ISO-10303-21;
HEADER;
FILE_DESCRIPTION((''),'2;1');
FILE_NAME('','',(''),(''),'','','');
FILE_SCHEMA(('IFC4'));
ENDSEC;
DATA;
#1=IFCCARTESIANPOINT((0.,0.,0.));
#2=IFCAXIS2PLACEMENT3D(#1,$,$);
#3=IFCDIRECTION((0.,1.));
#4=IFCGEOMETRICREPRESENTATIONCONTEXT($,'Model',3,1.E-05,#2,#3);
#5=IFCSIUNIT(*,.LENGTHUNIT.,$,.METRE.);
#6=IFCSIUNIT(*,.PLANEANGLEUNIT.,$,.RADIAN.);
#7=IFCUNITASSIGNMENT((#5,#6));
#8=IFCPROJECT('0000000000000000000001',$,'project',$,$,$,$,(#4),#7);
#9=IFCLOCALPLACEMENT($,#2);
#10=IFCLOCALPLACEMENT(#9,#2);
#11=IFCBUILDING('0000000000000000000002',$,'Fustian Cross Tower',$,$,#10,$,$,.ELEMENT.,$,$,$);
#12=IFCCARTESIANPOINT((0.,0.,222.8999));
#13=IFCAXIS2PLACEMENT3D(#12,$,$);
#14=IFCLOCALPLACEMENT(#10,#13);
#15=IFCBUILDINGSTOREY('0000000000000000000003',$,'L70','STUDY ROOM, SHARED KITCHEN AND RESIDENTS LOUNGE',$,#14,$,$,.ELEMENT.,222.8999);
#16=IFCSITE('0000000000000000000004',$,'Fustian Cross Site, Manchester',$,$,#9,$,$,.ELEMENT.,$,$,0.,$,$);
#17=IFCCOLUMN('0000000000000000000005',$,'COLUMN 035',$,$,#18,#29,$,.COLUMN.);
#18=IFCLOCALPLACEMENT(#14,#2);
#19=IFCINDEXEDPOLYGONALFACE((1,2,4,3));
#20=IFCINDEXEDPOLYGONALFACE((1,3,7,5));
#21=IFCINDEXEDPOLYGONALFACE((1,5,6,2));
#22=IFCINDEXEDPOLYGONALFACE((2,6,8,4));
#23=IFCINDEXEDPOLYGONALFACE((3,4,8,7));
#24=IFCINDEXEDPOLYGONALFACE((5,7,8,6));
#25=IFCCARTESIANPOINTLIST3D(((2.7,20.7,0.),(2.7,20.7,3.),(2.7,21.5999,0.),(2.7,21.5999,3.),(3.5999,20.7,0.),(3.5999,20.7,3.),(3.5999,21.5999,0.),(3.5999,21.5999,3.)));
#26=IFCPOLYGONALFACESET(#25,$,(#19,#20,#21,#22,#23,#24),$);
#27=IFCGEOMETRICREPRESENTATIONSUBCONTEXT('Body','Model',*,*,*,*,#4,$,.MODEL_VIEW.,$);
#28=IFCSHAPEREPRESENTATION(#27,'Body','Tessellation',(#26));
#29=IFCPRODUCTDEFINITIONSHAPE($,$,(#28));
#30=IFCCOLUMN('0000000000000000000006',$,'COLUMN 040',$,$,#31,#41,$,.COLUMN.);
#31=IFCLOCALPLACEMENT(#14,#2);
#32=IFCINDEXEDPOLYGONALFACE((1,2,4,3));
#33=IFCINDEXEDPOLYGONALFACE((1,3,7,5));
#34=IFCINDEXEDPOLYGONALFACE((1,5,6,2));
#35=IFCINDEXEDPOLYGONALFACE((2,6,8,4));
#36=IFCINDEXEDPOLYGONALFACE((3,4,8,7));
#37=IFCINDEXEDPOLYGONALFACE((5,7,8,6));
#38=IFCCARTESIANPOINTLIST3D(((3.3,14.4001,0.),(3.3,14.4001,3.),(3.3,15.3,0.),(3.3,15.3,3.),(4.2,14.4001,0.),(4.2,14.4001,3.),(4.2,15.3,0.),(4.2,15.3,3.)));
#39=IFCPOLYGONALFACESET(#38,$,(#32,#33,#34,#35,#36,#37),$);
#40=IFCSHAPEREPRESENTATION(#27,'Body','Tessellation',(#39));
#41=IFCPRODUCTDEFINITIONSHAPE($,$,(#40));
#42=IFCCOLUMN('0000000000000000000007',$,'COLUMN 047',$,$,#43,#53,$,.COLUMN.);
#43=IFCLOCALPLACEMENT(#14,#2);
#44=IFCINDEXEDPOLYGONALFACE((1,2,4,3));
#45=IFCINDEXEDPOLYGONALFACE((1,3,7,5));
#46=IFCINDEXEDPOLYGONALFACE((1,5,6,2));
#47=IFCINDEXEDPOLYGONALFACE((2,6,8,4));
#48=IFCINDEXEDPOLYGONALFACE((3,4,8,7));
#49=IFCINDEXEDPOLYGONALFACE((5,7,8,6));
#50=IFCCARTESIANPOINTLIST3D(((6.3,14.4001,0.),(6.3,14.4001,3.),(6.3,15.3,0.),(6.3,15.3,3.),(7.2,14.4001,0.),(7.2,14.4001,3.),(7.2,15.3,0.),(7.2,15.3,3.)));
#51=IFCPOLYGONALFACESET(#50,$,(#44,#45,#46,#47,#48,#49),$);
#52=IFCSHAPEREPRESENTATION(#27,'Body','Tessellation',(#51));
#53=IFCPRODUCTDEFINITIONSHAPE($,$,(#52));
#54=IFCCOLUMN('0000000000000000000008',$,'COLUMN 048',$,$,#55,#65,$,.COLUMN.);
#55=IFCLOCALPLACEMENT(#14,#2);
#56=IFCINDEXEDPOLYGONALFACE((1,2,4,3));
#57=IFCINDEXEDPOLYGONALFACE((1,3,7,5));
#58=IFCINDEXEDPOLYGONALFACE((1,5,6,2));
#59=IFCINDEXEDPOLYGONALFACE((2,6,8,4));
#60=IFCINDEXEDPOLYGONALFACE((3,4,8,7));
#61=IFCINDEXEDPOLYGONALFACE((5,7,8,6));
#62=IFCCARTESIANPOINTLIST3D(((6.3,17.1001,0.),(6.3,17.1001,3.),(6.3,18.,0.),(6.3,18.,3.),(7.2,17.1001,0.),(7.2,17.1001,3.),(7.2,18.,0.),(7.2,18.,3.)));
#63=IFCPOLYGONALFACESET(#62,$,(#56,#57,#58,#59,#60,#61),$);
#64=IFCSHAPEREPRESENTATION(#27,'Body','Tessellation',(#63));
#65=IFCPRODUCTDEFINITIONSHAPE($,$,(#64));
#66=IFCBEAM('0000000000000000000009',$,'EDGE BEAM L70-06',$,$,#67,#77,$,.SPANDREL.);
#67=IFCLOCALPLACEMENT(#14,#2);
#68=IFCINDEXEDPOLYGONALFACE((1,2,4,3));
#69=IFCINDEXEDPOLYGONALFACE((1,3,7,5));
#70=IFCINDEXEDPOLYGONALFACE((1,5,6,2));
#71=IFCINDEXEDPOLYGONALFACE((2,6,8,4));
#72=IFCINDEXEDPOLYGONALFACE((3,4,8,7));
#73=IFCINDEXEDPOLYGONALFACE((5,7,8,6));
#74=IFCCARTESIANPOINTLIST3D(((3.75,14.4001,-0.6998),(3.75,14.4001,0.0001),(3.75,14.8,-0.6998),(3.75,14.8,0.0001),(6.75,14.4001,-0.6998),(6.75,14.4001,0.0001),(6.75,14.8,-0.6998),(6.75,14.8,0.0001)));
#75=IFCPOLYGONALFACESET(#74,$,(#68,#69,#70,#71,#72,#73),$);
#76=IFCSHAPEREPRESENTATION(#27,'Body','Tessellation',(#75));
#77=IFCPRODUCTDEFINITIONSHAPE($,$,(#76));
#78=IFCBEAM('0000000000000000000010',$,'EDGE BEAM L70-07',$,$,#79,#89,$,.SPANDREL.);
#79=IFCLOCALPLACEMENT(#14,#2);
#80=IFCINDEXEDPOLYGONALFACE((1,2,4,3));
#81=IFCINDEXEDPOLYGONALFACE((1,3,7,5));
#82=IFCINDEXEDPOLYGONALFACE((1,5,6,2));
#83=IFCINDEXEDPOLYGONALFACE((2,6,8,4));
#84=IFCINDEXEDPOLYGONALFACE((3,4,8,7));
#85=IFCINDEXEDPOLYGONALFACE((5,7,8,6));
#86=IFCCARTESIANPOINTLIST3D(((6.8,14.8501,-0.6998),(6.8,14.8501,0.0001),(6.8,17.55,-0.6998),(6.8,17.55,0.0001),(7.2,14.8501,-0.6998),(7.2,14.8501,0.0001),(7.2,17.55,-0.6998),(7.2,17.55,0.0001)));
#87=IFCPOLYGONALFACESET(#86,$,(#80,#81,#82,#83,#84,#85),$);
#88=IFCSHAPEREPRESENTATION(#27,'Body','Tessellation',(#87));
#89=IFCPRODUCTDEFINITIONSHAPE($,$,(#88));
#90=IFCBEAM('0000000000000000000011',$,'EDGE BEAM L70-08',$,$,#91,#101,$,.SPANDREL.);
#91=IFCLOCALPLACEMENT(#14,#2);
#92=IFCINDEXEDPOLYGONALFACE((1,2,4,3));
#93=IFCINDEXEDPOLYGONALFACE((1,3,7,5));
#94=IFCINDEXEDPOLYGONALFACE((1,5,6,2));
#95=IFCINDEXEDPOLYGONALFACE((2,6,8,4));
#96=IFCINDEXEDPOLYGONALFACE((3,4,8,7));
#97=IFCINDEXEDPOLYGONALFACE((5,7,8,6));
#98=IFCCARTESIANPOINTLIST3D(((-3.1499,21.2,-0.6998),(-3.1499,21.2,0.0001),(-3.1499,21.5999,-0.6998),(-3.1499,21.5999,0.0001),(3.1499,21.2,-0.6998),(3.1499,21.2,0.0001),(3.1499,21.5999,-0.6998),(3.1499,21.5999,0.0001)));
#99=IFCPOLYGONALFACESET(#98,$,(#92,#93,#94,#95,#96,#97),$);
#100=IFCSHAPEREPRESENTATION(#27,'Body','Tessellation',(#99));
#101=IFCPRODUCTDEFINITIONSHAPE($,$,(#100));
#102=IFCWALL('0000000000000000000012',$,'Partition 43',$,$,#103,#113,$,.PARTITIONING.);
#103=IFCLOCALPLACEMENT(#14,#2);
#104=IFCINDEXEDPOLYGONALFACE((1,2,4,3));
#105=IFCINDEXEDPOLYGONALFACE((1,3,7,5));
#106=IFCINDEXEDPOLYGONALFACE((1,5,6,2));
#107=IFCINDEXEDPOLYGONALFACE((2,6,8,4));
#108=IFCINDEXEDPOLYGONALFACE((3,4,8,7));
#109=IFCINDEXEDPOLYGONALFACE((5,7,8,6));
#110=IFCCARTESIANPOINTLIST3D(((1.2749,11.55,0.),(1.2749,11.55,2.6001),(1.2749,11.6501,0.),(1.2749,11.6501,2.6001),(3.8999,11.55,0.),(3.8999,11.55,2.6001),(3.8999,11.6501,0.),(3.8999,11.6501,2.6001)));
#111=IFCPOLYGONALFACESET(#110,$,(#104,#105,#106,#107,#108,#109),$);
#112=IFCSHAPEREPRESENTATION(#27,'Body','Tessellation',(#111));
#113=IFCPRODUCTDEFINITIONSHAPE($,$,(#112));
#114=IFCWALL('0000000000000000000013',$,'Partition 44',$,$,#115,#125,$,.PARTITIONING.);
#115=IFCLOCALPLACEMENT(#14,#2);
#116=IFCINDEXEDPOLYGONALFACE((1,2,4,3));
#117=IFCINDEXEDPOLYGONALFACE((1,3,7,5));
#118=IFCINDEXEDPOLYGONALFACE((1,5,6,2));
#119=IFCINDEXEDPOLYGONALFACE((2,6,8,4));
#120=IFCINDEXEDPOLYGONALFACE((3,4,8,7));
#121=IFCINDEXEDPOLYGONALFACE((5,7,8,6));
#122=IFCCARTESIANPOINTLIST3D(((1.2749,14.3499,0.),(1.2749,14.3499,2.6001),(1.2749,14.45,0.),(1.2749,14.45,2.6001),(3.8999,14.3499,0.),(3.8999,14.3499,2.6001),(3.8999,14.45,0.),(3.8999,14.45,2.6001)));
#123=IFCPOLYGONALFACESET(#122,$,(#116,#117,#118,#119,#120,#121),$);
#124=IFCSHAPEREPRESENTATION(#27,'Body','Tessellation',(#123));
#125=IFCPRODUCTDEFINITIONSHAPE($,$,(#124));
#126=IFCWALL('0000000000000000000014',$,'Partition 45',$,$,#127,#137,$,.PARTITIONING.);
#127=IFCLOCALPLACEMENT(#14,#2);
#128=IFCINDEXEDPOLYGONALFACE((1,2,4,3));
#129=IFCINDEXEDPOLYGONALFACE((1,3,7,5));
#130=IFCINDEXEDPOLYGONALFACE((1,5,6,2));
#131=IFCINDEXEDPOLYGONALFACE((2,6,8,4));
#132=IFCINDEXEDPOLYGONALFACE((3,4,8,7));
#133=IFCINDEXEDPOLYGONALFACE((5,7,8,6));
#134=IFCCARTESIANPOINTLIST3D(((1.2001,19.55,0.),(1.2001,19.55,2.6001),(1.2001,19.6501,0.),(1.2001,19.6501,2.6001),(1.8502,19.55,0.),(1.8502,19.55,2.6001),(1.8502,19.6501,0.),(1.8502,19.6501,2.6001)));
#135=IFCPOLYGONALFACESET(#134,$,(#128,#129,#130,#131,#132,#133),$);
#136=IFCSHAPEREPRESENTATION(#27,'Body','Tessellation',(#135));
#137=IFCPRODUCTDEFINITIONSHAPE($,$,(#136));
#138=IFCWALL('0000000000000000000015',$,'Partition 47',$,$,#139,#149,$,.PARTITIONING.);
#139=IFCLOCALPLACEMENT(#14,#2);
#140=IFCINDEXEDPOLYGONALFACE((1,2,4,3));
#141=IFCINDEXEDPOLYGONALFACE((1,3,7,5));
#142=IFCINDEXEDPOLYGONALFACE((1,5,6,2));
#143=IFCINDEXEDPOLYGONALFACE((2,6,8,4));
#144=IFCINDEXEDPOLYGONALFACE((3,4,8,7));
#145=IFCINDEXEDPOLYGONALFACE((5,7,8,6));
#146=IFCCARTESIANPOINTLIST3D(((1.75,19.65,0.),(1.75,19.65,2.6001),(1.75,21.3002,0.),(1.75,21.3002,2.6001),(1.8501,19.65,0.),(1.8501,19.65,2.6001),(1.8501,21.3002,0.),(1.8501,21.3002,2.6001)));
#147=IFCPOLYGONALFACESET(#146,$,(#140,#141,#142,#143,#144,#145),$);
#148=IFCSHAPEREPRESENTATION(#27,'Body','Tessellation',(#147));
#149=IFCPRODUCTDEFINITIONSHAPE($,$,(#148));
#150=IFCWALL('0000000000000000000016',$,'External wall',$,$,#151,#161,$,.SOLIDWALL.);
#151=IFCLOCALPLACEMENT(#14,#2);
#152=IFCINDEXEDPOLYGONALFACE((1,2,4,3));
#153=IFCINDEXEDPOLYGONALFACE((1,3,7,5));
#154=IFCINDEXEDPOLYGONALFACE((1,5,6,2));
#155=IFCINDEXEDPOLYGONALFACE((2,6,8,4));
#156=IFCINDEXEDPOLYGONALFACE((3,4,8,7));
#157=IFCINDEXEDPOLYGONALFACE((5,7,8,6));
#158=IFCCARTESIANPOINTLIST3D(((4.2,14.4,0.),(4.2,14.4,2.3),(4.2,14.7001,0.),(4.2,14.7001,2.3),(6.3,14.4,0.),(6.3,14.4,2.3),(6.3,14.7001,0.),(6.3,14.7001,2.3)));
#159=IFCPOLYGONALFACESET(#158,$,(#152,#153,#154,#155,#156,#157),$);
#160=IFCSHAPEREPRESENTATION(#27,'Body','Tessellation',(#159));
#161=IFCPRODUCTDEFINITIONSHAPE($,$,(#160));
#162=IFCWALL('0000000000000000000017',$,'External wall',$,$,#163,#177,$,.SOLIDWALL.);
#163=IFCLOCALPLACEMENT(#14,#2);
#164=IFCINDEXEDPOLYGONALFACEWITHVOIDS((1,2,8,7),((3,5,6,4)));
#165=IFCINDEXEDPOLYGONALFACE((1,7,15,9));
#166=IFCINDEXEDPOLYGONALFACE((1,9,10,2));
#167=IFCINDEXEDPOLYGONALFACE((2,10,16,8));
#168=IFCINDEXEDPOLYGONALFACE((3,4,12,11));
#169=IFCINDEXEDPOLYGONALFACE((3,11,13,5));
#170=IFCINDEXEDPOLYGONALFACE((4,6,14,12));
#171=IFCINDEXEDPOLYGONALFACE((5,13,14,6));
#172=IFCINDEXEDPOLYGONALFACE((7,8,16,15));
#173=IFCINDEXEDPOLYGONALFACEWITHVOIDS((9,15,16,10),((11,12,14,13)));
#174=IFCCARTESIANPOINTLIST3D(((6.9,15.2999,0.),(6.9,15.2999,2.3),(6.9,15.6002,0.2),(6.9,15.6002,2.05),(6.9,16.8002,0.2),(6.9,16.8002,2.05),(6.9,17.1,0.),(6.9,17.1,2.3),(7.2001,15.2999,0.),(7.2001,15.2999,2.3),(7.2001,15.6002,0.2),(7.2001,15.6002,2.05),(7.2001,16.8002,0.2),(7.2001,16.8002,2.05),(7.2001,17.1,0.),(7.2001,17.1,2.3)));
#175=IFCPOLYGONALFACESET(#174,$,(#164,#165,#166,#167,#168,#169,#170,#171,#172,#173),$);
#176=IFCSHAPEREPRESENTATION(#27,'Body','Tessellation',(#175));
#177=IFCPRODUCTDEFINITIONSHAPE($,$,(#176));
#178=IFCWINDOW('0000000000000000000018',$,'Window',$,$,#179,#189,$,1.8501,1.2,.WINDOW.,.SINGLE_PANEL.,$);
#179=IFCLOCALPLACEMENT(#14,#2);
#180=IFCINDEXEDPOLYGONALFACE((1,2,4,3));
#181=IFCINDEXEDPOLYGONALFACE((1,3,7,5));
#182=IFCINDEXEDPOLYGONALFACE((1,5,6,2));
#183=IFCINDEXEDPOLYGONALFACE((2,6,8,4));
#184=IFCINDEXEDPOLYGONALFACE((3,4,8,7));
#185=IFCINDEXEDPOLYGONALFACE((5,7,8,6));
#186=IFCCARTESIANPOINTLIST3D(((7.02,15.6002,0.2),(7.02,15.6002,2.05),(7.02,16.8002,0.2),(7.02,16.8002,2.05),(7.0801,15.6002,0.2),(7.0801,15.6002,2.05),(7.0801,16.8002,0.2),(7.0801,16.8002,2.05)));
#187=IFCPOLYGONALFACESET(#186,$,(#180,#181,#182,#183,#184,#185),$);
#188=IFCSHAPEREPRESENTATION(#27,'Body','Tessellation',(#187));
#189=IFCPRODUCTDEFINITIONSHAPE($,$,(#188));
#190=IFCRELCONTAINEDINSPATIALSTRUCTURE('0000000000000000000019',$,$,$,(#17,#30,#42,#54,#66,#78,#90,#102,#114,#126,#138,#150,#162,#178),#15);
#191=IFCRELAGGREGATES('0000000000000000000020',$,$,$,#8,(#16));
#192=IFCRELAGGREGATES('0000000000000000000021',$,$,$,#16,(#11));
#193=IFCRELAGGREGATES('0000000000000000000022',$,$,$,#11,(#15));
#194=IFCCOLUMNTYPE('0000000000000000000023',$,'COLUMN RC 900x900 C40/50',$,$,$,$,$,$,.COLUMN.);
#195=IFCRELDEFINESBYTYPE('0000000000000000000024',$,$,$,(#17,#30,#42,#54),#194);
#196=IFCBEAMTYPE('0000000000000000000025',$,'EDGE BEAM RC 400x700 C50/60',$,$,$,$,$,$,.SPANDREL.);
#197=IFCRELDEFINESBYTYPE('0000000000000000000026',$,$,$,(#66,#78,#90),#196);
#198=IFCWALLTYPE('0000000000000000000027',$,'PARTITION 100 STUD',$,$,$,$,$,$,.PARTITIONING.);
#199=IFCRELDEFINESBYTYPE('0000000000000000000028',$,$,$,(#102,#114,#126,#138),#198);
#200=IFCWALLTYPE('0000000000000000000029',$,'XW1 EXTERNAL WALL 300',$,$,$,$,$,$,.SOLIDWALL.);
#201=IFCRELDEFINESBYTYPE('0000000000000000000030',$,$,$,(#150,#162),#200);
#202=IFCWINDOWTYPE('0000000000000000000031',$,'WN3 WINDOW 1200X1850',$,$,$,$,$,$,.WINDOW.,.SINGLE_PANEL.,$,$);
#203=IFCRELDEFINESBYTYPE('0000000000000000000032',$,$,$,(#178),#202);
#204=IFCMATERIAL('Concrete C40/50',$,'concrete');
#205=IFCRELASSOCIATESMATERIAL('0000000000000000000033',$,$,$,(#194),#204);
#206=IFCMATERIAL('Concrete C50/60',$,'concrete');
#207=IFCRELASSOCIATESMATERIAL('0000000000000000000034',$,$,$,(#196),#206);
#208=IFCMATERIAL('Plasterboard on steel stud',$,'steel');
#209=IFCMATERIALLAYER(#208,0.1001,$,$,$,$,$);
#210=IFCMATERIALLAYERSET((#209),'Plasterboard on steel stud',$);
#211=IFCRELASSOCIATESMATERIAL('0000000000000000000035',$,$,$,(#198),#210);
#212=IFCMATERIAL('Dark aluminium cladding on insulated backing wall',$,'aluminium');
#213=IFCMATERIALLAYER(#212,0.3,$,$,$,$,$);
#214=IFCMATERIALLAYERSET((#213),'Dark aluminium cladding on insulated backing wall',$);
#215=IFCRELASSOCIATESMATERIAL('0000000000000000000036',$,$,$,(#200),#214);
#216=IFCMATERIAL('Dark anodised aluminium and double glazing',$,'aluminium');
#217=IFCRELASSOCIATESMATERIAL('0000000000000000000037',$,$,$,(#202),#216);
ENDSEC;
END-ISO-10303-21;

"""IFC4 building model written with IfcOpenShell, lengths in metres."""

from ifc_helpers import new_model, si_unit, direction, frame, frame_2d, origin, origin_2d, place, context, subcontext, project, spatial, rectangle, extrude, material, layer, layer_set, material_profile, profile_set, type_object, element, fill, save


model = new_model("IFC4")

# Units and contexts
model_context = context("Model", 3, precision=1e-05, world=origin(), true_north=direction((0.0, 1.0)))
body_context = subcontext(model_context, "Body", "Model", "MODEL_VIEW")
ifc_project = project(units=[si_unit("LENGTHUNIT", "METRE"), si_unit("PLANEANGLEUNIT", "RADIAN")], contexts=[model_context])

# Site, building, storey
site_placement = place(None, origin())
site = spatial("IfcSite", under=ifc_project, at=site_placement, Name="Fustian Cross Site, Manchester", CompositionType="ELEMENT", RefElevation=0.0)
building_placement = place(site_placement, origin())
building = spatial("IfcBuilding", under=site, at=building_placement, Name="Fustian Cross Tower", CompositionType="ELEMENT")
storey_placement = place(building_placement, frame((0.0, 0.0, 222.8999)))
storey = spatial("IfcBuildingStorey", under=building, at=storey_placement, Name="L70", Description="STUDY ROOM, SHARED KITCHEN AND RESIDENTS LOUNGE", CompositionType="ELEMENT", Elevation=222.8999)

# Columns
ifc_material_1 = material(Name="Concrete C40/50", Category="concrete")
ifc_material_profile_1 = material_profile(ifc_material_1, rectangle(XDim=0.8999, YDim=0.8999, at=origin_2d()), Name="RC 900x900")
ifc_profile_set_1 = profile_set([ifc_material_profile_1], Name="Concrete C40/50")
column_type = type_object("IfcColumnType", Name="COLUMN RC 900x900 C40/50", PredefinedType="COLUMN", material=ifc_profile_set_1)
for number, where, z_axis, x_axis, name in (
    (1, (3.1499, 21.1499, 0.0), (0.0, 0.0, 1.0), (1.0, 0.0, 0.0), "COLUMN 035"),
    (2, (3.75, 14.8501, 0.0), (0.0, 0.0, 1.0), (1.0, 0.0, 0.0), "COLUMN 040"),
    (3, (6.75, 14.8501, 0.0), (0.0, 0.0, 1.0), (1.0, 0.0, 0.0), "COLUMN 047"),
    (4, (6.75, 17.55, 0.0), (0.0, 0.0, 1.0), (1.0, 0.0, 0.0), "COLUMN 048"),
):
    element("IfcColumn", number, at=place(storey_placement, frame(where, z_axis=z_axis, x_axis=x_axis)), inside=storey, type_object=column_type, Name=name, PredefinedType="COLUMN", context=body_context, shape_type="SweptSolid", body=[
        extrude(rectangle(XDim=0.8999, YDim=0.8999, at=origin_2d()), origin(), (0.0, 0.0, 1.0), 3.0),
    ])

# Beams
ifc_material_2 = material(Name="Concrete C50/60", Category="concrete")
ifc_material_profile_2 = material_profile(ifc_material_2, rectangle(XDim=0.3999, YDim=0.7, at=origin_2d()), Name="RC 400x700")
ifc_profile_set_2 = profile_set([ifc_material_profile_2], Name="Concrete C50/60")
beam_type = type_object("IfcBeamType", Name="EDGE BEAM RC 400x700 C50/60", PredefinedType="SPANDREL", material=ifc_profile_set_2)
beam_1_placement = place(storey_placement, frame((3.75, 14.6001, -0.3499), z_axis=(1.0, 0.0, 0.0), x_axis=(0.0, 1.0, 0.0)))
element("IfcBeam", 5, at=beam_1_placement, inside=storey, type_object=beam_type, Name="EDGE BEAM L70-06", PredefinedType="SPANDREL", context=body_context, shape_type="SweptSolid", body=[
    extrude(rectangle(XDim=0.3999, YDim=0.7, at=origin_2d()), origin(), (0.0, 0.0, 1.0), 3.0),
])
beam_2_placement = place(storey_placement, frame((7.0, 14.8501, -0.3499), z_axis=(0.0, 1.0, 0.0), x_axis=(-1.0, 0.0, 0.0)))
element("IfcBeam", 6, at=beam_2_placement, inside=storey, type_object=beam_type, Name="EDGE BEAM L70-07", PredefinedType="SPANDREL", context=body_context, shape_type="SweptSolid", body=[
    extrude(rectangle(XDim=0.3999, YDim=0.7, at=origin_2d()), origin(), (0.0, 0.0, 1.0), 2.7),
])
beam_3_placement = place(storey_placement, frame((3.1499, 21.3999, -0.3499), z_axis=(-1.0, 0.0, 0.0), x_axis=(0.0, -1.0, 0.0)))
element("IfcBeam", 7, at=beam_3_placement, inside=storey, type_object=beam_type, Name="EDGE BEAM L70-08", PredefinedType="SPANDREL", context=body_context, shape_type="SweptSolid", body=[
    extrude(rectangle(XDim=0.3999, YDim=0.7, at=origin_2d()), origin(), (0.0, 0.0, 1.0), 6.2998),
])

# Walls
ifc_material_3 = material(Name="Plasterboard on steel stud", Category="steel")
ifc_layer_1 = layer(ifc_material_3, 0.1001)
ifc_layer_set_1 = layer_set([ifc_layer_1], Name="Plasterboard on steel stud")
wall_type_1 = type_object("IfcWallType", Name="PARTITION 100 STUD", PredefinedType="PARTITIONING", material=ifc_layer_set_1)
for number, where, z_axis, x_axis, name in (
    (8, (1.2749, 11.6001, 0.0), (0.0, 0.0, 1.0), (1.0, 0.0, 0.0), "Partition 43"),
    (9, (1.2749, 14.3999, 0.0), (0.0, 0.0, 1.0), (1.0, 0.0, 0.0), "Partition 44"),
):
    element("IfcWall", number, at=place(storey_placement, frame(where, z_axis=z_axis, x_axis=x_axis)), inside=storey, type_object=wall_type_1, Name=name, PredefinedType="PARTITIONING", context=body_context, shape_type="SweptSolid", body=[
        extrude(rectangle(XDim=2.625, YDim=0.1001, at=frame_2d((1.3125, 0.0))), origin(), (0.0, 0.0, 1.0), 2.6001),
    ])
wall_1_placement = place(storey_placement, frame((1.2, 19.6001, 0.0), z_axis=(0.0, 0.0, 1.0), x_axis=(1.0, 0.0, 0.0)))
element("IfcWall", 10, at=wall_1_placement, inside=storey, type_object=wall_type_1, Name="Partition 45", PredefinedType="PARTITIONING", context=body_context, shape_type="SweptSolid", body=[
    extrude(rectangle(XDim=0.6501, YDim=0.1001, at=frame_2d((0.3252, 0.0))), origin(), (0.0, 0.0, 1.0), 2.6001),
])
wall_2_placement = place(storey_placement, frame((1.8, 19.6499, 0.0), z_axis=(0.0, 0.0, 1.0), x_axis=(0.0, 1.0, 0.0)))
element("IfcWall", 11, at=wall_2_placement, inside=storey, type_object=wall_type_1, Name="Partition 47", PredefinedType="PARTITIONING", context=body_context, shape_type="SweptSolid", body=[
    extrude(rectangle(XDim=1.6501, YDim=0.1001, at=frame_2d((0.8252, 0.0))), origin(), (0.0, 0.0, 1.0), 2.6001),
])
ifc_material_4 = material(Name="Dark aluminium cladding on insulated backing wall", Category="aluminium")
ifc_layer_2 = layer(ifc_material_4, 0.3)
ifc_layer_set_2 = layer_set([ifc_layer_2], Name="Dark aluminium cladding on insulated backing wall")
wall_type_2 = type_object("IfcWallType", Name="XW1 EXTERNAL WALL 300", PredefinedType="SOLIDWALL", material=ifc_layer_set_2)
wall_3_placement = place(storey_placement, frame((4.2, 14.55, 0.0), z_axis=(0.0, 0.0, 1.0), x_axis=(1.0, 0.0, 0.0)))
element("IfcWall", 12, at=wall_3_placement, inside=storey, type_object=wall_type_2, Name="External wall", PredefinedType="SOLIDWALL", context=body_context, shape_type="SweptSolid", body=[
    extrude(rectangle(XDim=2.1001, YDim=0.3, at=frame_2d((1.05, 0.0))), origin(), (0.0, 0.0, 1.0), 2.3),
])

# Wall, opening, window
wall_4_placement = place(storey_placement, frame((7.05, 15.3, 0.0), z_axis=(0.0, 0.0, 1.0), x_axis=(0.0, 1.0, 0.0)))
wall_4 = element("IfcWall", 13, at=wall_4_placement, inside=storey, type_object=wall_type_2, Name="External wall", PredefinedType="SOLIDWALL", context=body_context, shape_type="SweptSolid", body=[
    extrude(rectangle(XDim=1.8, YDim=0.3, at=frame_2d((0.8999, 0.0))), origin(), (0.0, 0.0, 1.0), 2.3),
])
opening_1_placement = place(wall_4_placement, frame((0.3, 0.0, 0.2)))
opening_1 = element("IfcOpeningElement", 14, at=opening_1_placement, cuts=wall_4, PredefinedType="OPENING", context=body_context, shape_type="SweptSolid", body=[
    extrude(rectangle(XDim=1.2, YDim=1.8501, at=frame_2d((0.6001, 0.925))), frame((0.0, 0.1599, 0.0), z_axis=(0.0, -1.0, 0.0), x_axis=(1.0, 0.0, 0.0)), (0.0, 0.0, 1.0), 0.3201),
])
ifc_material_5 = material(Name="Dark anodised aluminium and double glazing", Category="aluminium")
window_type_1 = type_object("IfcWindowType", Name="WN3 WINDOW 1200X1850", PartitioningType="SINGLE_PANEL", PredefinedType="WINDOW", material=ifc_material_5)
window_1_placement = place(opening_1_placement, origin())
window_1 = element("IfcWindow", 15, at=window_1_placement, inside=storey, type_object=window_type_1, Name="Window", OverallHeight=1.8501, OverallWidth=1.2, PartitioningType="SINGLE_PANEL", PredefinedType="WINDOW", context=body_context, shape_type="SweptSolid", body=[
    extrude(rectangle(XDim=1.2, YDim=1.8501, at=frame_2d((0.6001, 0.925))), frame((0.0, 0.03, 0.0), z_axis=(0.0, -1.0, 0.0), x_axis=(1.0, 0.0, 0.0)), (0.0, 0.0, 1.0), 0.0601),
])
fill(opening_1, window_1)

save(model, "model.ifc")
